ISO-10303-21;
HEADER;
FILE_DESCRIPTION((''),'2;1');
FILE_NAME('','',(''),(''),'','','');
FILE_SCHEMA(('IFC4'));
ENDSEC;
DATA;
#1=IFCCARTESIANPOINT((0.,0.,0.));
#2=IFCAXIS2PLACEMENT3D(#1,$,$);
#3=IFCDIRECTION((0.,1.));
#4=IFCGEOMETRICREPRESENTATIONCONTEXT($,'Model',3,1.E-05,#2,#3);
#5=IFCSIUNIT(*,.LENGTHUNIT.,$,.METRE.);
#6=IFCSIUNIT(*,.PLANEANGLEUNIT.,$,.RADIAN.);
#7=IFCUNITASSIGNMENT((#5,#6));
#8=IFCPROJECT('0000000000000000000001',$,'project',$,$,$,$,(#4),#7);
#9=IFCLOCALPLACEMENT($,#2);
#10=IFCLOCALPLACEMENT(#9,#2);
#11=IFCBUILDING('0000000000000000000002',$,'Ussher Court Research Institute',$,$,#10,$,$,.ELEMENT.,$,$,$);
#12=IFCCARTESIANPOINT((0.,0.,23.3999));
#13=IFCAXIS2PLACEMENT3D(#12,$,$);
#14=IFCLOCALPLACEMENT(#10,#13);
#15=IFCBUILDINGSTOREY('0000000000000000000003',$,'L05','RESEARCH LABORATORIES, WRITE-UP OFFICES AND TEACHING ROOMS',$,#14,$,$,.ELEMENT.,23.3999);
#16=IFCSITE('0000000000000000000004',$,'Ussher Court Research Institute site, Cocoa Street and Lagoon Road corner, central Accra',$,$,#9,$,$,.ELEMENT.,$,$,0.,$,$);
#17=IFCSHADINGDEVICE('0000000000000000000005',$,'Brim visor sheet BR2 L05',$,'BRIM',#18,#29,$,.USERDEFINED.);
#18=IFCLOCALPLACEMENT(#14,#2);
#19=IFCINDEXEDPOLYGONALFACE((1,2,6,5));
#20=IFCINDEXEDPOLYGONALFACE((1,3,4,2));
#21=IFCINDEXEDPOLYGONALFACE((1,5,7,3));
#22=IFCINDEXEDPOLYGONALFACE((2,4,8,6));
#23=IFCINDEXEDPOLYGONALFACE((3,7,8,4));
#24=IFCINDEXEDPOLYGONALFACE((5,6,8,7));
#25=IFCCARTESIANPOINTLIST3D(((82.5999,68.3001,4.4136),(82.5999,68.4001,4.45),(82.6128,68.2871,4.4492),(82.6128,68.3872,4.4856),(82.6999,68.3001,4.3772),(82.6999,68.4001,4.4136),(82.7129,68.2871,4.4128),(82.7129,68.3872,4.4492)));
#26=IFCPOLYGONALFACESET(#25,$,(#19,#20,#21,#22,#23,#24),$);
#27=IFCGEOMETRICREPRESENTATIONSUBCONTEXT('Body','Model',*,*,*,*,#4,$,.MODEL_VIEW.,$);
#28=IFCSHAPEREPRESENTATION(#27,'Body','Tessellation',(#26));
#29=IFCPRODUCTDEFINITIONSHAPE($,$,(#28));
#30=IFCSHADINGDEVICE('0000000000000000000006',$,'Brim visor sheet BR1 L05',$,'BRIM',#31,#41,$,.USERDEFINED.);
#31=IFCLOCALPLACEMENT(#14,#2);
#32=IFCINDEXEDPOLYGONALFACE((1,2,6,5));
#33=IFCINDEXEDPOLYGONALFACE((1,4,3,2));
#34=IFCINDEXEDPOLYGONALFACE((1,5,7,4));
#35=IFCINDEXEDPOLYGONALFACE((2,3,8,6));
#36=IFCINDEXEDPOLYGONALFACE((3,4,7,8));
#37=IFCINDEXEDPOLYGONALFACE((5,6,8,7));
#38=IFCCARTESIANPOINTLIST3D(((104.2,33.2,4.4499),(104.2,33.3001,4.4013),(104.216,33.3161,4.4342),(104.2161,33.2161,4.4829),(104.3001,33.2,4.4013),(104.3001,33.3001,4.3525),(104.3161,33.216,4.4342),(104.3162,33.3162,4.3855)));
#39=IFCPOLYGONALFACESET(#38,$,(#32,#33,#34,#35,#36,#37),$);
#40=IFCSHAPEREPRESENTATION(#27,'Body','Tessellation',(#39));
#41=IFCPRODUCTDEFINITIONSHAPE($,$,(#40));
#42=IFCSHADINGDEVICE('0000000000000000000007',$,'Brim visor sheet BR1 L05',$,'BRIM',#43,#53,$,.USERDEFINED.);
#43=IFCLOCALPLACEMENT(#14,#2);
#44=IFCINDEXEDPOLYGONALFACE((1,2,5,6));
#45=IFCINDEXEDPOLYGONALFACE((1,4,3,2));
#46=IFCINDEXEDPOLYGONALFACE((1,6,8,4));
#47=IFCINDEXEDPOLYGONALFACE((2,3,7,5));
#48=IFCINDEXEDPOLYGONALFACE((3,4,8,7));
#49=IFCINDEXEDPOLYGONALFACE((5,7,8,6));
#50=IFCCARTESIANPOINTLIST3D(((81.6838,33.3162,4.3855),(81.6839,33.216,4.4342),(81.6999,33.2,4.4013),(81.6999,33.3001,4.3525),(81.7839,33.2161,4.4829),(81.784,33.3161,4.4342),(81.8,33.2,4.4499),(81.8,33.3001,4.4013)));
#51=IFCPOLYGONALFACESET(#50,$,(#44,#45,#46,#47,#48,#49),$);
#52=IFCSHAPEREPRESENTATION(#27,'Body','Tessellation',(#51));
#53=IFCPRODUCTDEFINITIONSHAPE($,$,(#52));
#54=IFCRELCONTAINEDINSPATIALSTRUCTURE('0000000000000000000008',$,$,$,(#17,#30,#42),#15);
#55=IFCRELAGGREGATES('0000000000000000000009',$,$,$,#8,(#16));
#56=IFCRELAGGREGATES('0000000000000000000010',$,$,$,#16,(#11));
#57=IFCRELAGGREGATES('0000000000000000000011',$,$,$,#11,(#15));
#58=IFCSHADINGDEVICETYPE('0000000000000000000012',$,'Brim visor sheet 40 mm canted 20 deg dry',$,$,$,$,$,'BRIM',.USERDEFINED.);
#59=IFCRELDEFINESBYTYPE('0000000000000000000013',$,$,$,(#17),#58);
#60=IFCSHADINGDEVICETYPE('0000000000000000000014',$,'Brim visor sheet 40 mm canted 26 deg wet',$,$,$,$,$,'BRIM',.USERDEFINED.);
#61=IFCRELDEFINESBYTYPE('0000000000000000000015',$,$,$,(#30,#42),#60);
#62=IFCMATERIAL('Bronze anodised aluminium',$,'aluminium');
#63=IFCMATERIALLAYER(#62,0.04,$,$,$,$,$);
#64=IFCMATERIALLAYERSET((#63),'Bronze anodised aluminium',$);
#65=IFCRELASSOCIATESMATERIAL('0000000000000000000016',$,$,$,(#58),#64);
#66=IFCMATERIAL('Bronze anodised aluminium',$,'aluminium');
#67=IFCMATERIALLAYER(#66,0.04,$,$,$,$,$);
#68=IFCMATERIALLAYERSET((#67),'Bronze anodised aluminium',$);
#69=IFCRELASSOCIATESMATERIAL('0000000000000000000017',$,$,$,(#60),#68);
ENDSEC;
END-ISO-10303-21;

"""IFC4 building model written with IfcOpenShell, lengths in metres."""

from ifc_helpers import new_model, si_unit, direction, frame, origin, place, context, subcontext, project, spatial, polyline, outline, extrude, material, layer, layer_set, type_object, element, save


model = new_model("IFC4")

# Units and contexts
model_context = context("Model", 3, precision=1e-05, world=origin(), true_north=direction((0.0, 1.0)))
body_context = subcontext(model_context, "Body", "Model", "MODEL_VIEW")
ifc_project = project(units=[si_unit("LENGTHUNIT", "METRE"), si_unit("PLANEANGLEUNIT", "RADIAN")], contexts=[model_context])

# Site, building, storey
site_placement = place(None, origin())
site = spatial("IfcSite", under=ifc_project, at=site_placement, Name="Ussher Court Research Institute site, Cocoa Street and Lagoon Road corner, central Accra", CompositionType="ELEMENT", RefElevation=0.0)
building_placement = place(site_placement, origin())
building = spatial("IfcBuilding", under=site, at=building_placement, Name="Ussher Court Research Institute", CompositionType="ELEMENT")
storey_placement = place(building_placement, frame((0.0, 0.0, 23.3999)))
storey = spatial("IfcBuildingStorey", under=building, at=storey_placement, Name="L05", Description="RESEARCH LABORATORIES, WRITE-UP OFFICES AND TEACHING ROOMS", CompositionType="ELEMENT", Elevation=23.3999)

# Shading devices
ifc_material_1 = material(Name="Bronze anodised aluminium", Category="aluminium")
ifc_layer_1 = layer(ifc_material_1, 0.04)
ifc_layer_set_1 = layer_set([ifc_layer_1], Name="Bronze anodised aluminium")
shading_device_type_1 = type_object("IfcShadingDeviceType", Name="Brim visor sheet 40 mm canted 20 deg dry", ElementType="BRIM", PredefinedType="USERDEFINED", material=ifc_layer_set_1)
shading_device_1_placement = place(storey_placement, frame((82.6128, 68.3872, 4.4856), z_axis=(0.323225, -0.323225, 0.889411), x_axis=(0.0, -0.93986, -0.341559)))
element("IfcShadingDevice", 1, at=shading_device_1_placement, inside=storey, type_object=shading_device_type_1, Name="Brim visor sheet BR2 L05", ObjectType="BRIM", PredefinedType="USERDEFINED", context=body_context, shape_type="SweptSolid", body=[
    extrude(outline(polyline([(0.0, 0.0), (0.1065, 0.0), (0.1189, 0.1058), (0.0124, 0.1058), (0.0, 0.0)])), origin(), (0.0, 0.0, -1.0), 0.04),
])
ifc_material_2 = material(Name="Bronze anodised aluminium", Category="aluminium")
ifc_layer_2 = layer(ifc_material_2, 0.04)
ifc_layer_set_2 = layer_set([ifc_layer_2], Name="Bronze anodised aluminium")
shading_device_type_2 = type_object("IfcShadingDeviceType", Name="Brim visor sheet 40 mm canted 26 deg wet", ElementType="BRIM", PredefinedType="USERDEFINED", material=ifc_layer_set_2)
for number, where, z_axis, x_axis, name in (
    (2, (104.2161, 33.2161, 4.4829), (0.400848, 0.400848, 0.823797), (0.899269, -0.000362, -0.437395), "Brim visor sheet BR1 L05"),
    (3, (81.7839, 33.2161, 4.4829), (-0.400848, 0.400848, 0.823797), (0.000362, 0.899269, -0.437395), "Brim visor sheet BR1 L05"),
):
    element("IfcShadingDevice", number, at=place(storey_placement, frame(where, z_axis=z_axis, x_axis=x_axis)), inside=storey, type_object=shading_device_type_2, Name=name, ObjectType="BRIM", PredefinedType="USERDEFINED", context=body_context, shape_type="SweptSolid", body=[
        extrude(outline(polyline([(0.0, 0.0), (0.1113, 0.0), (0.1326, 0.1093), (0.0212, 0.1092), (0.0, 0.0)])), origin(), (0.0, 0.0, -1.0), 0.04),
    ])

save(model, "model.ifc")
